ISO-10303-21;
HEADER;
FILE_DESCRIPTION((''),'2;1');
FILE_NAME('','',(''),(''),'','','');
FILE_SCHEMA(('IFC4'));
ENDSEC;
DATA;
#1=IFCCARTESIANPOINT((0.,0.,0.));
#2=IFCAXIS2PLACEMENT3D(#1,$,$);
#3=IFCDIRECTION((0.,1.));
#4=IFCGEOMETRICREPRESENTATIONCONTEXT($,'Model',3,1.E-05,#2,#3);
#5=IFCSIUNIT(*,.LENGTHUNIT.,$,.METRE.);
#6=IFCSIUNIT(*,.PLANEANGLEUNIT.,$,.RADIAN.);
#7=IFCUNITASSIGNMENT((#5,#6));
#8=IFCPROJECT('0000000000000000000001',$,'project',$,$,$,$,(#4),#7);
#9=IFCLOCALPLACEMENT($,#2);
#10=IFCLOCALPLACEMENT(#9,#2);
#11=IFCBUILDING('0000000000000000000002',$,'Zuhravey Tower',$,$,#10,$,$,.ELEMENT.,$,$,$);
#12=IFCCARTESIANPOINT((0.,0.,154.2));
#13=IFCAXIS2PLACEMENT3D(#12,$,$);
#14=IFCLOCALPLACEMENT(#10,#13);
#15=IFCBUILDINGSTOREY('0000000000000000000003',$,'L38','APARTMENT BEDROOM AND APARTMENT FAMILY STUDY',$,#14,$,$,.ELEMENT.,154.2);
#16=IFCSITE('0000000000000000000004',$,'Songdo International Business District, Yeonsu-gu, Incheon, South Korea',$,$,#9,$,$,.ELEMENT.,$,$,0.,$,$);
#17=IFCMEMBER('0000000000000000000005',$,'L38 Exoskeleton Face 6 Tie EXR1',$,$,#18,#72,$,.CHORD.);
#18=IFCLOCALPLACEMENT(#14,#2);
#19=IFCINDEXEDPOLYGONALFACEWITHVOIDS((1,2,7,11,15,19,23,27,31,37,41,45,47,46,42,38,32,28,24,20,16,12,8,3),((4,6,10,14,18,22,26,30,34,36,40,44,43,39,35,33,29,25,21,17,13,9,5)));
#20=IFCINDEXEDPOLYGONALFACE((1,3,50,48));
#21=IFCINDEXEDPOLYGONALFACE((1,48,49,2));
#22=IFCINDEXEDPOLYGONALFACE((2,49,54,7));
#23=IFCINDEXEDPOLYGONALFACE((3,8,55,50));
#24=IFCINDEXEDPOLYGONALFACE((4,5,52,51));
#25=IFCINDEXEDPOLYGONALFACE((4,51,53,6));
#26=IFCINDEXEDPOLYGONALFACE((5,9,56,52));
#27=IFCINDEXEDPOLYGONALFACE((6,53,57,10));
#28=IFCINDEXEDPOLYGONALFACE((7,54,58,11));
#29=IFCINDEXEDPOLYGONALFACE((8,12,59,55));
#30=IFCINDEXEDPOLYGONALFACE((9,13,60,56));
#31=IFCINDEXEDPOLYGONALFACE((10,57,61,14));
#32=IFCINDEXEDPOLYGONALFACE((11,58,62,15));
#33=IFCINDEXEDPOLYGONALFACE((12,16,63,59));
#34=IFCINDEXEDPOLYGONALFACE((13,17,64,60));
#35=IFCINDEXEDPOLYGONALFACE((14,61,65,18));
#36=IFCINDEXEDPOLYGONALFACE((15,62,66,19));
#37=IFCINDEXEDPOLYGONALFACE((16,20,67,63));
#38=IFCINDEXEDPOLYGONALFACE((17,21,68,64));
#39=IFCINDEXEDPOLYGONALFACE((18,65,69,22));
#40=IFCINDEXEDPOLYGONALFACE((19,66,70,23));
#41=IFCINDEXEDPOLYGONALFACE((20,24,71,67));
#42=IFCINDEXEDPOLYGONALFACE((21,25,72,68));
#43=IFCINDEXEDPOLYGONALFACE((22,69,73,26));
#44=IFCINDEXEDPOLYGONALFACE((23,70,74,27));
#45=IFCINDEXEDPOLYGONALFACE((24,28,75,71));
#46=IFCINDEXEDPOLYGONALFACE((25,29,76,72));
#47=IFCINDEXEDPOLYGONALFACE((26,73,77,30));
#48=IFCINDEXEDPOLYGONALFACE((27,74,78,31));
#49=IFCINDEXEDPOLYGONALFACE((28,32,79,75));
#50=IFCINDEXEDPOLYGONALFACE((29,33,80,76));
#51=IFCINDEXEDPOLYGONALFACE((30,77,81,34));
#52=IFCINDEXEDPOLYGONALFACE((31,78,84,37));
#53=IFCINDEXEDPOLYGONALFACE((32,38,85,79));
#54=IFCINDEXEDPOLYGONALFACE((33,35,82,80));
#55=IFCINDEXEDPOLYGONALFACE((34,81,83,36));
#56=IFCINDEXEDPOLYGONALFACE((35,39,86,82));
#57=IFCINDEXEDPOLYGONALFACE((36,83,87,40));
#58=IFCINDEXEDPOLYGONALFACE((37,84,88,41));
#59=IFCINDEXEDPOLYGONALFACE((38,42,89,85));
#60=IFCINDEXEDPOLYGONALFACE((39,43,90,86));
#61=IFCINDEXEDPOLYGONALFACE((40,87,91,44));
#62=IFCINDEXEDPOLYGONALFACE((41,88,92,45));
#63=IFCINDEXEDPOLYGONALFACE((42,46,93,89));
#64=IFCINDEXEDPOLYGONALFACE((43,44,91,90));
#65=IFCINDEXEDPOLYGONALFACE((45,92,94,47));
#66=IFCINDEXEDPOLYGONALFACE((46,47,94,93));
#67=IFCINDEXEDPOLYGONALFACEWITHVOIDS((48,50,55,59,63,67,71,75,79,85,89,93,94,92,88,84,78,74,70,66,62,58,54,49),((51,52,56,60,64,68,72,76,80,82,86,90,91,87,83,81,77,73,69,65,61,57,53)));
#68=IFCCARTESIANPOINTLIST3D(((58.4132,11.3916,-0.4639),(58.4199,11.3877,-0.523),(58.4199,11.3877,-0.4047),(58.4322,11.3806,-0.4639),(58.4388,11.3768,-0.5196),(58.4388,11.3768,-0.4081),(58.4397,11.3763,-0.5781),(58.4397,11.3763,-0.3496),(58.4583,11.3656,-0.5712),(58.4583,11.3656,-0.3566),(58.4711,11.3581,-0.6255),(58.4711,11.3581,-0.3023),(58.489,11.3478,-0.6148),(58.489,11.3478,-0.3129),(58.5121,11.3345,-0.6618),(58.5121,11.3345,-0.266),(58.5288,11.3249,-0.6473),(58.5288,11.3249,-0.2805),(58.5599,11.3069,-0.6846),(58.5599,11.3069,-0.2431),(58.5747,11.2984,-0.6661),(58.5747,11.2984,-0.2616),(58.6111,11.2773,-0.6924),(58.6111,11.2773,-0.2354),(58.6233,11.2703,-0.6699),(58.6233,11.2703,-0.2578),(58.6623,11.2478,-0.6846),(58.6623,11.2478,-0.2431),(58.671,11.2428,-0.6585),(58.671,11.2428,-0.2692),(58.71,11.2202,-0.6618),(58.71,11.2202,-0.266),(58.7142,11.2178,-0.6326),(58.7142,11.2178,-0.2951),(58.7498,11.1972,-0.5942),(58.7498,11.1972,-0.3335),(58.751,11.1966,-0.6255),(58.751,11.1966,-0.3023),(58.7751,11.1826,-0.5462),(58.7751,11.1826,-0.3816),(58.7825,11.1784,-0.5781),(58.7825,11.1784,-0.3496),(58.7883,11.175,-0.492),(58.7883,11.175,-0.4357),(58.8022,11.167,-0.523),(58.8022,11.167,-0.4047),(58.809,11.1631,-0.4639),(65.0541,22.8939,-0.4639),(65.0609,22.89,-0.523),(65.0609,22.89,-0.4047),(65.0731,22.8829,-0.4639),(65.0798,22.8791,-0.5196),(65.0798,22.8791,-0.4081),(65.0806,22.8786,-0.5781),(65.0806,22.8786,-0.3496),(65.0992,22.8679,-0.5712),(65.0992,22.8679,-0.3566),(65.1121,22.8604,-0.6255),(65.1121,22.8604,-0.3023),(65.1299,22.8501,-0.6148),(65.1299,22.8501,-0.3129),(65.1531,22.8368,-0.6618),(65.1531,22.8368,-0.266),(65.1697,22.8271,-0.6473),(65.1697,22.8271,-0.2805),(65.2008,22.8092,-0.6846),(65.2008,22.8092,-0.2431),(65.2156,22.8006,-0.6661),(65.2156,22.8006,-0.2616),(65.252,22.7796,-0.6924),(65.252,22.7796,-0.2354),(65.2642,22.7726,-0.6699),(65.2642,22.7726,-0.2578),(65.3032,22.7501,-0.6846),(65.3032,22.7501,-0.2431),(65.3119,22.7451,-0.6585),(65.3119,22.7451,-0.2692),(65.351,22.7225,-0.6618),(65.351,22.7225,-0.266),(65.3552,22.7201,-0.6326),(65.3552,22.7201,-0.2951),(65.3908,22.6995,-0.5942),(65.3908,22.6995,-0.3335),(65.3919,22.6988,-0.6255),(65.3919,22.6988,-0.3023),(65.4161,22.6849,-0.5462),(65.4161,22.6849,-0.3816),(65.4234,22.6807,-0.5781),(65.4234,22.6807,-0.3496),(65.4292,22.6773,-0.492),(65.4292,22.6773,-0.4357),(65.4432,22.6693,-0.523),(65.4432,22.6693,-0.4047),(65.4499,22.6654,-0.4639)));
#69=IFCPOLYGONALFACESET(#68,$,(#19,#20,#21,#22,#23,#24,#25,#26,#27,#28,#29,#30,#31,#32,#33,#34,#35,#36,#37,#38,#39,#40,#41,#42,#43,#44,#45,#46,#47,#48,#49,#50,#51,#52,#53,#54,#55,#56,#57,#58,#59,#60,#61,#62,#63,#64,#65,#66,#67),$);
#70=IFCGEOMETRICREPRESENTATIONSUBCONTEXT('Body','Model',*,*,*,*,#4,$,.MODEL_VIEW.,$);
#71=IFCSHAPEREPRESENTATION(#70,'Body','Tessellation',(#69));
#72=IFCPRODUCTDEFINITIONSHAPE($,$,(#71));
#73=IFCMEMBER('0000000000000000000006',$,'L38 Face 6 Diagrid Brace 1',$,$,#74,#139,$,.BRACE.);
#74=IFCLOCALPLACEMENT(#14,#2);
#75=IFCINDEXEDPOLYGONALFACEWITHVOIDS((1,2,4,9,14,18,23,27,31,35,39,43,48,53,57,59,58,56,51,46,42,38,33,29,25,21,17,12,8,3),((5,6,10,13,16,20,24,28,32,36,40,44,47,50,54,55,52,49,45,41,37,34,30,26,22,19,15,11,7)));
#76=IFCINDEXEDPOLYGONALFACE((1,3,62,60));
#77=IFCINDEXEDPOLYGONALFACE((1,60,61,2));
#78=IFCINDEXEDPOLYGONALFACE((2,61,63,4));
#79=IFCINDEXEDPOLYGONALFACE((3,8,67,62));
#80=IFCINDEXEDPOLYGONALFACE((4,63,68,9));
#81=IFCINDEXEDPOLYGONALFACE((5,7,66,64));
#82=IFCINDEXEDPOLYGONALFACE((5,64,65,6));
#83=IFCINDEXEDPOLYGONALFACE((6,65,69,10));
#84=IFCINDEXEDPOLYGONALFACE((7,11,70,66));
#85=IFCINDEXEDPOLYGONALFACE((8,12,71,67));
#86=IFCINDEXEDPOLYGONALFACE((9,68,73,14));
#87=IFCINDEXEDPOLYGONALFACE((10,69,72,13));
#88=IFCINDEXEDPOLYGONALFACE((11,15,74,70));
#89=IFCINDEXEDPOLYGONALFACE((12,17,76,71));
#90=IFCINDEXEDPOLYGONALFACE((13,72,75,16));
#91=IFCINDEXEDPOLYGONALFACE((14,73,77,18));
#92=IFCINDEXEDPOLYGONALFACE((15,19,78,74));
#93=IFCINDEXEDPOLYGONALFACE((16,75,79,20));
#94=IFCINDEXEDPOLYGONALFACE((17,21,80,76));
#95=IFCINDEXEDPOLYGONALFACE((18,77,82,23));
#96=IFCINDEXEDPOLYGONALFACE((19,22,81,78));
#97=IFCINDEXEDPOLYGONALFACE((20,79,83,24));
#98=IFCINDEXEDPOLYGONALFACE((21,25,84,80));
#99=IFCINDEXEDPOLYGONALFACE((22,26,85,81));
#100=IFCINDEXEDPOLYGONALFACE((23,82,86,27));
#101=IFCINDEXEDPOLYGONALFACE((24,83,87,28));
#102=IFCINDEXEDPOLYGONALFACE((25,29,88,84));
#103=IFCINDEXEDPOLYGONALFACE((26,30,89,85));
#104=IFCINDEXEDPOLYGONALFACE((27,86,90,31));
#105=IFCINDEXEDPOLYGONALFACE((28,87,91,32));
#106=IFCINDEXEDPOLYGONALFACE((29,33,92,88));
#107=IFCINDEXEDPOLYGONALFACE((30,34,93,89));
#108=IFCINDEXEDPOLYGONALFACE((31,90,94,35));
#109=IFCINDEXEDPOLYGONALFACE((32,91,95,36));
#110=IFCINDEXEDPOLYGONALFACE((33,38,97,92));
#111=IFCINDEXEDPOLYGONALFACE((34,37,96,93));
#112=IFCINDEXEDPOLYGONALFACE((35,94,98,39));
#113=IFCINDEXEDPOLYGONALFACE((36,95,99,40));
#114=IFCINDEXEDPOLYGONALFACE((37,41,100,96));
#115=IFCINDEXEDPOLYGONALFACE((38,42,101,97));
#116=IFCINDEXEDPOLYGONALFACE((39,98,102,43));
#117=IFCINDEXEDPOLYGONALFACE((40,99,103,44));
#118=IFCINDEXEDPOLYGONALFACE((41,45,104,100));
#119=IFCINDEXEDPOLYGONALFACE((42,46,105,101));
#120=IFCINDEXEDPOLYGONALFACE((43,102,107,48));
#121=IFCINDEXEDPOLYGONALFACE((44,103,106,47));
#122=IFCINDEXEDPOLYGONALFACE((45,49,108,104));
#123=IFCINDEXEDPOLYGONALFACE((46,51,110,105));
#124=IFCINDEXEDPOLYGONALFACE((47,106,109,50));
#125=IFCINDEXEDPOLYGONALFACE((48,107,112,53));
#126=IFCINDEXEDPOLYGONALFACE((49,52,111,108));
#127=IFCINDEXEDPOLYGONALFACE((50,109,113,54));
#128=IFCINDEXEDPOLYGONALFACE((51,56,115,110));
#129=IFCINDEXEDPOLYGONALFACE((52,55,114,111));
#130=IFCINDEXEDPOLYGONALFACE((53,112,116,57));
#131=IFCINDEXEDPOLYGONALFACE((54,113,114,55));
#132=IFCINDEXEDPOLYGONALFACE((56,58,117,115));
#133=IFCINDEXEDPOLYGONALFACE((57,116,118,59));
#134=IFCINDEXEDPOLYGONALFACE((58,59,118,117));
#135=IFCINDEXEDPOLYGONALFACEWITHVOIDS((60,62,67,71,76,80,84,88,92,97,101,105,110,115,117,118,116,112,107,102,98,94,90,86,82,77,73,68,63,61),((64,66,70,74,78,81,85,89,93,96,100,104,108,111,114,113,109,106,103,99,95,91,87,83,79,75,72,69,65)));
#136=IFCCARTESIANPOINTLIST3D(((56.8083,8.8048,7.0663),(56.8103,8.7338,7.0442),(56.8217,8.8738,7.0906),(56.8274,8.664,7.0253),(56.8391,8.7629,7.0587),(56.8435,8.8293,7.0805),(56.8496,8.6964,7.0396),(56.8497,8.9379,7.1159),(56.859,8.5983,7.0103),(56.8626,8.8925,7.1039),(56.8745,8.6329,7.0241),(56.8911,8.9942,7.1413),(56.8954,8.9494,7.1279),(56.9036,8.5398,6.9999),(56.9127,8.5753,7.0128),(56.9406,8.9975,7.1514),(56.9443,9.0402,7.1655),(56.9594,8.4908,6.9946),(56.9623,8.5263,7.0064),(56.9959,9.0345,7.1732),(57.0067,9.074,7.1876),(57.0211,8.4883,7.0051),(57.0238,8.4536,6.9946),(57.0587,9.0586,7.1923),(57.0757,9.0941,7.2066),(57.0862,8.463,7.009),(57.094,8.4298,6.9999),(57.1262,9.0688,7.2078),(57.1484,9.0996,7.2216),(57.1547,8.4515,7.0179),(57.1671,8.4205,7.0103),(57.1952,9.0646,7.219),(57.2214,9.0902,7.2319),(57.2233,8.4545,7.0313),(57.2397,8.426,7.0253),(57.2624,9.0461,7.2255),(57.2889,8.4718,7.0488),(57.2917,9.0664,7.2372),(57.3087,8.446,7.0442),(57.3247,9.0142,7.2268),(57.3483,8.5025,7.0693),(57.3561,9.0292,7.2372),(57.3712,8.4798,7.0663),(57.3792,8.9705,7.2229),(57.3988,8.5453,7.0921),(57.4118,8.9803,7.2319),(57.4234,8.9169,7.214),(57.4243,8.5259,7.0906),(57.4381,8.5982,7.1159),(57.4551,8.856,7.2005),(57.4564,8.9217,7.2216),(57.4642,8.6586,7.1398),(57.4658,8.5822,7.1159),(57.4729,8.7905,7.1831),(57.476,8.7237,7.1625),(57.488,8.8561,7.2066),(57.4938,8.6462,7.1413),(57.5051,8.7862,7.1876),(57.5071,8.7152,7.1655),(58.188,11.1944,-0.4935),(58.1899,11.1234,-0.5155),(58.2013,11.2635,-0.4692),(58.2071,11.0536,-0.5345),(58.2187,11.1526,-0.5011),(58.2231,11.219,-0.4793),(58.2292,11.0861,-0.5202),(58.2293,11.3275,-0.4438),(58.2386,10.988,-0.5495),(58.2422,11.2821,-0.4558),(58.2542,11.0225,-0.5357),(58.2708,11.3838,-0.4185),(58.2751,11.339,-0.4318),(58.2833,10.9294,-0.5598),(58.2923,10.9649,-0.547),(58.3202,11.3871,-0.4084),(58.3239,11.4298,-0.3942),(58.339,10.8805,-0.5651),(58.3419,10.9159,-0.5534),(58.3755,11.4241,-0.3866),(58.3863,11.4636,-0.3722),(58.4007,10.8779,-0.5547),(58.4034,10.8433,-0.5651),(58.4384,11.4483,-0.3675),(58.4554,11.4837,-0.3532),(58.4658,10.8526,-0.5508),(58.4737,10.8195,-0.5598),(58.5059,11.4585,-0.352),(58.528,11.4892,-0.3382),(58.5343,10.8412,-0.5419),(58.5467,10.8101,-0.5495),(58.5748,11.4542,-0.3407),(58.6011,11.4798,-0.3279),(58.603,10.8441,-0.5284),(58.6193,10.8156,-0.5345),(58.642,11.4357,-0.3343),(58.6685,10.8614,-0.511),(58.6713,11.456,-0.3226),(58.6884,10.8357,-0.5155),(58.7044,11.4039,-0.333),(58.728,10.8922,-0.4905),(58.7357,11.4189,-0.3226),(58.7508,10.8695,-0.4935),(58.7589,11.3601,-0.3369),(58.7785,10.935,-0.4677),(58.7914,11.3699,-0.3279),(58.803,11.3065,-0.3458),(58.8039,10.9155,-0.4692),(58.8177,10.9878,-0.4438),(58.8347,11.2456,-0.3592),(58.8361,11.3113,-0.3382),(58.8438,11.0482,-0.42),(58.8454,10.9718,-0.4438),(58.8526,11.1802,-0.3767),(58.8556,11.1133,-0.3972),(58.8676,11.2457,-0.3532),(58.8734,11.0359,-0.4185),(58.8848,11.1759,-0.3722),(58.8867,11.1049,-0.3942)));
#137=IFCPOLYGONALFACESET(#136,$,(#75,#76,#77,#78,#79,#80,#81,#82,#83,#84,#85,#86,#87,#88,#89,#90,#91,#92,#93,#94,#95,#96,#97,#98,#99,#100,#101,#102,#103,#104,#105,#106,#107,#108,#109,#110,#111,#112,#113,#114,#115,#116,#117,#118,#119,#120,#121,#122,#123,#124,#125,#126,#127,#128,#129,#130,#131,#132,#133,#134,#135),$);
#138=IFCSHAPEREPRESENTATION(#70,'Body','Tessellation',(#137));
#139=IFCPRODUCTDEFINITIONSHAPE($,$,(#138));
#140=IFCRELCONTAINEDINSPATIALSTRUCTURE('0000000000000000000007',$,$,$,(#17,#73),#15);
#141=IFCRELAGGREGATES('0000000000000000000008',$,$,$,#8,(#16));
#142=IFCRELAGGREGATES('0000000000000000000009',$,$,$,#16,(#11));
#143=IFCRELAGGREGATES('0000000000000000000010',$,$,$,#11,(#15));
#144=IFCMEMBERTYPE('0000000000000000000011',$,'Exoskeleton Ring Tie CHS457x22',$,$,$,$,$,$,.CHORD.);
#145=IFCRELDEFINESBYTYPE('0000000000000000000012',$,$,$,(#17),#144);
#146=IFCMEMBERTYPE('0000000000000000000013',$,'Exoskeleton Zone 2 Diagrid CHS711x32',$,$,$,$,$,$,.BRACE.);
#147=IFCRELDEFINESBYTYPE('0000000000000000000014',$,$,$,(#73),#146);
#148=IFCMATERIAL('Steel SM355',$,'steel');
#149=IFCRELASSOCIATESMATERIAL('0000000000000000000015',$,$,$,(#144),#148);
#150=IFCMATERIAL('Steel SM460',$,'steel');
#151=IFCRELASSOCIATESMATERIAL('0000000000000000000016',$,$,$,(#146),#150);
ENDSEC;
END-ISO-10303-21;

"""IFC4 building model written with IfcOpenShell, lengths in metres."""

from ifc_helpers import new_model, si_unit, direction, frame, origin, origin_2d, place, context, subcontext, project, spatial, hollow_circle, extrude, material, material_profile, profile_set, type_object, element, save


model = new_model("IFC4")

# Units and contexts
model_context = context("Model", 3, precision=1e-05, world=origin(), true_north=direction((0.0, 1.0)))
body_context = subcontext(model_context, "Body", "Model", "MODEL_VIEW")
ifc_project = project(units=[si_unit("LENGTHUNIT", "METRE"), si_unit("PLANEANGLEUNIT", "RADIAN")], contexts=[model_context])

# Site, building, storey
site_placement = place(None, origin())
site = spatial("IfcSite", under=ifc_project, at=site_placement, Name="Songdo International Business District, Yeonsu-gu, Incheon, South Korea", CompositionType="ELEMENT", RefElevation=0.0)
building_placement = place(site_placement, origin())
building = spatial("IfcBuilding", under=site, at=building_placement, Name="Zuhravey Tower", CompositionType="ELEMENT")
storey_placement = place(building_placement, frame((0.0, 0.0, 154.2)))
storey = spatial("IfcBuildingStorey", under=building, at=storey_placement, Name="L38", Description="APARTMENT BEDROOM AND APARTMENT FAMILY STUDY", CompositionType="ELEMENT", Elevation=154.2)

# Members
ifc_material_1 = material(Name="Steel SM355", Category="steel")
ifc_material_profile_1 = material_profile(ifc_material_1, hollow_circle(Radius=0.2285, WallThickness=0.022, at=origin_2d()), Name="CHS-457.2x22")
ifc_profile_set_1 = profile_set([ifc_material_profile_1], Name="Steel SM355")
member_type_1 = type_object("IfcMemberType", Name="Exoskeleton Ring Tie CHS457x22", PredefinedType="CHORD", material=ifc_profile_set_1)
member_1_placement = place(storey_placement, frame((58.6111, 11.2773, -0.4639), z_axis=(0.500004, 0.866023, 0.0), x_axis=(-0.866023, 0.500004, 0.0)))
element("IfcMember", 1, at=member_1_placement, inside=storey, type_object=member_type_1, Name="L38 Exoskeleton Face 6 Tie EXR1", PredefinedType="CHORD", context=body_context, shape_type="SweptSolid", body=[
    extrude(hollow_circle(Radius=0.2285, WallThickness=0.022, at=origin_2d()), origin(), (0.0, 0.0, 1.0), 13.2817),
])
ifc_material_2 = material(Name="Steel SM460", Category="steel")
ifc_material_profile_2 = material_profile(ifc_material_2, hollow_circle(Radius=0.3557, WallThickness=0.032, at=origin_2d()), Name="CHS-711.2x32")
ifc_profile_set_2 = profile_set([ifc_material_profile_2], Name="Steel SM460")
member_type_2 = type_object("IfcMemberType", Name="Exoskeleton Zone 2 Diagrid CHS711x32", PredefinedType="BRACE", material=ifc_profile_set_2)
member_2_placement = place(storey_placement, frame((58.5374, 11.1497, -0.4438), z_axis=(-0.171434, -0.296938, 0.939382), x_axis=(0.866029, -0.499993, 0.0)))
element("IfcMember", 2, at=member_2_placement, inside=storey, type_object=member_type_2, Name="L38 Face 6 Diagrid Brace 1", PredefinedType="BRACE", context=body_context, shape_type="SweptSolid", body=[
    extrude(hollow_circle(Radius=0.3557, WallThickness=0.032, at=origin_2d()), origin(), (0.0, 0.0, 1.0), 8.0476),
])

save(model, "model.ifc")
